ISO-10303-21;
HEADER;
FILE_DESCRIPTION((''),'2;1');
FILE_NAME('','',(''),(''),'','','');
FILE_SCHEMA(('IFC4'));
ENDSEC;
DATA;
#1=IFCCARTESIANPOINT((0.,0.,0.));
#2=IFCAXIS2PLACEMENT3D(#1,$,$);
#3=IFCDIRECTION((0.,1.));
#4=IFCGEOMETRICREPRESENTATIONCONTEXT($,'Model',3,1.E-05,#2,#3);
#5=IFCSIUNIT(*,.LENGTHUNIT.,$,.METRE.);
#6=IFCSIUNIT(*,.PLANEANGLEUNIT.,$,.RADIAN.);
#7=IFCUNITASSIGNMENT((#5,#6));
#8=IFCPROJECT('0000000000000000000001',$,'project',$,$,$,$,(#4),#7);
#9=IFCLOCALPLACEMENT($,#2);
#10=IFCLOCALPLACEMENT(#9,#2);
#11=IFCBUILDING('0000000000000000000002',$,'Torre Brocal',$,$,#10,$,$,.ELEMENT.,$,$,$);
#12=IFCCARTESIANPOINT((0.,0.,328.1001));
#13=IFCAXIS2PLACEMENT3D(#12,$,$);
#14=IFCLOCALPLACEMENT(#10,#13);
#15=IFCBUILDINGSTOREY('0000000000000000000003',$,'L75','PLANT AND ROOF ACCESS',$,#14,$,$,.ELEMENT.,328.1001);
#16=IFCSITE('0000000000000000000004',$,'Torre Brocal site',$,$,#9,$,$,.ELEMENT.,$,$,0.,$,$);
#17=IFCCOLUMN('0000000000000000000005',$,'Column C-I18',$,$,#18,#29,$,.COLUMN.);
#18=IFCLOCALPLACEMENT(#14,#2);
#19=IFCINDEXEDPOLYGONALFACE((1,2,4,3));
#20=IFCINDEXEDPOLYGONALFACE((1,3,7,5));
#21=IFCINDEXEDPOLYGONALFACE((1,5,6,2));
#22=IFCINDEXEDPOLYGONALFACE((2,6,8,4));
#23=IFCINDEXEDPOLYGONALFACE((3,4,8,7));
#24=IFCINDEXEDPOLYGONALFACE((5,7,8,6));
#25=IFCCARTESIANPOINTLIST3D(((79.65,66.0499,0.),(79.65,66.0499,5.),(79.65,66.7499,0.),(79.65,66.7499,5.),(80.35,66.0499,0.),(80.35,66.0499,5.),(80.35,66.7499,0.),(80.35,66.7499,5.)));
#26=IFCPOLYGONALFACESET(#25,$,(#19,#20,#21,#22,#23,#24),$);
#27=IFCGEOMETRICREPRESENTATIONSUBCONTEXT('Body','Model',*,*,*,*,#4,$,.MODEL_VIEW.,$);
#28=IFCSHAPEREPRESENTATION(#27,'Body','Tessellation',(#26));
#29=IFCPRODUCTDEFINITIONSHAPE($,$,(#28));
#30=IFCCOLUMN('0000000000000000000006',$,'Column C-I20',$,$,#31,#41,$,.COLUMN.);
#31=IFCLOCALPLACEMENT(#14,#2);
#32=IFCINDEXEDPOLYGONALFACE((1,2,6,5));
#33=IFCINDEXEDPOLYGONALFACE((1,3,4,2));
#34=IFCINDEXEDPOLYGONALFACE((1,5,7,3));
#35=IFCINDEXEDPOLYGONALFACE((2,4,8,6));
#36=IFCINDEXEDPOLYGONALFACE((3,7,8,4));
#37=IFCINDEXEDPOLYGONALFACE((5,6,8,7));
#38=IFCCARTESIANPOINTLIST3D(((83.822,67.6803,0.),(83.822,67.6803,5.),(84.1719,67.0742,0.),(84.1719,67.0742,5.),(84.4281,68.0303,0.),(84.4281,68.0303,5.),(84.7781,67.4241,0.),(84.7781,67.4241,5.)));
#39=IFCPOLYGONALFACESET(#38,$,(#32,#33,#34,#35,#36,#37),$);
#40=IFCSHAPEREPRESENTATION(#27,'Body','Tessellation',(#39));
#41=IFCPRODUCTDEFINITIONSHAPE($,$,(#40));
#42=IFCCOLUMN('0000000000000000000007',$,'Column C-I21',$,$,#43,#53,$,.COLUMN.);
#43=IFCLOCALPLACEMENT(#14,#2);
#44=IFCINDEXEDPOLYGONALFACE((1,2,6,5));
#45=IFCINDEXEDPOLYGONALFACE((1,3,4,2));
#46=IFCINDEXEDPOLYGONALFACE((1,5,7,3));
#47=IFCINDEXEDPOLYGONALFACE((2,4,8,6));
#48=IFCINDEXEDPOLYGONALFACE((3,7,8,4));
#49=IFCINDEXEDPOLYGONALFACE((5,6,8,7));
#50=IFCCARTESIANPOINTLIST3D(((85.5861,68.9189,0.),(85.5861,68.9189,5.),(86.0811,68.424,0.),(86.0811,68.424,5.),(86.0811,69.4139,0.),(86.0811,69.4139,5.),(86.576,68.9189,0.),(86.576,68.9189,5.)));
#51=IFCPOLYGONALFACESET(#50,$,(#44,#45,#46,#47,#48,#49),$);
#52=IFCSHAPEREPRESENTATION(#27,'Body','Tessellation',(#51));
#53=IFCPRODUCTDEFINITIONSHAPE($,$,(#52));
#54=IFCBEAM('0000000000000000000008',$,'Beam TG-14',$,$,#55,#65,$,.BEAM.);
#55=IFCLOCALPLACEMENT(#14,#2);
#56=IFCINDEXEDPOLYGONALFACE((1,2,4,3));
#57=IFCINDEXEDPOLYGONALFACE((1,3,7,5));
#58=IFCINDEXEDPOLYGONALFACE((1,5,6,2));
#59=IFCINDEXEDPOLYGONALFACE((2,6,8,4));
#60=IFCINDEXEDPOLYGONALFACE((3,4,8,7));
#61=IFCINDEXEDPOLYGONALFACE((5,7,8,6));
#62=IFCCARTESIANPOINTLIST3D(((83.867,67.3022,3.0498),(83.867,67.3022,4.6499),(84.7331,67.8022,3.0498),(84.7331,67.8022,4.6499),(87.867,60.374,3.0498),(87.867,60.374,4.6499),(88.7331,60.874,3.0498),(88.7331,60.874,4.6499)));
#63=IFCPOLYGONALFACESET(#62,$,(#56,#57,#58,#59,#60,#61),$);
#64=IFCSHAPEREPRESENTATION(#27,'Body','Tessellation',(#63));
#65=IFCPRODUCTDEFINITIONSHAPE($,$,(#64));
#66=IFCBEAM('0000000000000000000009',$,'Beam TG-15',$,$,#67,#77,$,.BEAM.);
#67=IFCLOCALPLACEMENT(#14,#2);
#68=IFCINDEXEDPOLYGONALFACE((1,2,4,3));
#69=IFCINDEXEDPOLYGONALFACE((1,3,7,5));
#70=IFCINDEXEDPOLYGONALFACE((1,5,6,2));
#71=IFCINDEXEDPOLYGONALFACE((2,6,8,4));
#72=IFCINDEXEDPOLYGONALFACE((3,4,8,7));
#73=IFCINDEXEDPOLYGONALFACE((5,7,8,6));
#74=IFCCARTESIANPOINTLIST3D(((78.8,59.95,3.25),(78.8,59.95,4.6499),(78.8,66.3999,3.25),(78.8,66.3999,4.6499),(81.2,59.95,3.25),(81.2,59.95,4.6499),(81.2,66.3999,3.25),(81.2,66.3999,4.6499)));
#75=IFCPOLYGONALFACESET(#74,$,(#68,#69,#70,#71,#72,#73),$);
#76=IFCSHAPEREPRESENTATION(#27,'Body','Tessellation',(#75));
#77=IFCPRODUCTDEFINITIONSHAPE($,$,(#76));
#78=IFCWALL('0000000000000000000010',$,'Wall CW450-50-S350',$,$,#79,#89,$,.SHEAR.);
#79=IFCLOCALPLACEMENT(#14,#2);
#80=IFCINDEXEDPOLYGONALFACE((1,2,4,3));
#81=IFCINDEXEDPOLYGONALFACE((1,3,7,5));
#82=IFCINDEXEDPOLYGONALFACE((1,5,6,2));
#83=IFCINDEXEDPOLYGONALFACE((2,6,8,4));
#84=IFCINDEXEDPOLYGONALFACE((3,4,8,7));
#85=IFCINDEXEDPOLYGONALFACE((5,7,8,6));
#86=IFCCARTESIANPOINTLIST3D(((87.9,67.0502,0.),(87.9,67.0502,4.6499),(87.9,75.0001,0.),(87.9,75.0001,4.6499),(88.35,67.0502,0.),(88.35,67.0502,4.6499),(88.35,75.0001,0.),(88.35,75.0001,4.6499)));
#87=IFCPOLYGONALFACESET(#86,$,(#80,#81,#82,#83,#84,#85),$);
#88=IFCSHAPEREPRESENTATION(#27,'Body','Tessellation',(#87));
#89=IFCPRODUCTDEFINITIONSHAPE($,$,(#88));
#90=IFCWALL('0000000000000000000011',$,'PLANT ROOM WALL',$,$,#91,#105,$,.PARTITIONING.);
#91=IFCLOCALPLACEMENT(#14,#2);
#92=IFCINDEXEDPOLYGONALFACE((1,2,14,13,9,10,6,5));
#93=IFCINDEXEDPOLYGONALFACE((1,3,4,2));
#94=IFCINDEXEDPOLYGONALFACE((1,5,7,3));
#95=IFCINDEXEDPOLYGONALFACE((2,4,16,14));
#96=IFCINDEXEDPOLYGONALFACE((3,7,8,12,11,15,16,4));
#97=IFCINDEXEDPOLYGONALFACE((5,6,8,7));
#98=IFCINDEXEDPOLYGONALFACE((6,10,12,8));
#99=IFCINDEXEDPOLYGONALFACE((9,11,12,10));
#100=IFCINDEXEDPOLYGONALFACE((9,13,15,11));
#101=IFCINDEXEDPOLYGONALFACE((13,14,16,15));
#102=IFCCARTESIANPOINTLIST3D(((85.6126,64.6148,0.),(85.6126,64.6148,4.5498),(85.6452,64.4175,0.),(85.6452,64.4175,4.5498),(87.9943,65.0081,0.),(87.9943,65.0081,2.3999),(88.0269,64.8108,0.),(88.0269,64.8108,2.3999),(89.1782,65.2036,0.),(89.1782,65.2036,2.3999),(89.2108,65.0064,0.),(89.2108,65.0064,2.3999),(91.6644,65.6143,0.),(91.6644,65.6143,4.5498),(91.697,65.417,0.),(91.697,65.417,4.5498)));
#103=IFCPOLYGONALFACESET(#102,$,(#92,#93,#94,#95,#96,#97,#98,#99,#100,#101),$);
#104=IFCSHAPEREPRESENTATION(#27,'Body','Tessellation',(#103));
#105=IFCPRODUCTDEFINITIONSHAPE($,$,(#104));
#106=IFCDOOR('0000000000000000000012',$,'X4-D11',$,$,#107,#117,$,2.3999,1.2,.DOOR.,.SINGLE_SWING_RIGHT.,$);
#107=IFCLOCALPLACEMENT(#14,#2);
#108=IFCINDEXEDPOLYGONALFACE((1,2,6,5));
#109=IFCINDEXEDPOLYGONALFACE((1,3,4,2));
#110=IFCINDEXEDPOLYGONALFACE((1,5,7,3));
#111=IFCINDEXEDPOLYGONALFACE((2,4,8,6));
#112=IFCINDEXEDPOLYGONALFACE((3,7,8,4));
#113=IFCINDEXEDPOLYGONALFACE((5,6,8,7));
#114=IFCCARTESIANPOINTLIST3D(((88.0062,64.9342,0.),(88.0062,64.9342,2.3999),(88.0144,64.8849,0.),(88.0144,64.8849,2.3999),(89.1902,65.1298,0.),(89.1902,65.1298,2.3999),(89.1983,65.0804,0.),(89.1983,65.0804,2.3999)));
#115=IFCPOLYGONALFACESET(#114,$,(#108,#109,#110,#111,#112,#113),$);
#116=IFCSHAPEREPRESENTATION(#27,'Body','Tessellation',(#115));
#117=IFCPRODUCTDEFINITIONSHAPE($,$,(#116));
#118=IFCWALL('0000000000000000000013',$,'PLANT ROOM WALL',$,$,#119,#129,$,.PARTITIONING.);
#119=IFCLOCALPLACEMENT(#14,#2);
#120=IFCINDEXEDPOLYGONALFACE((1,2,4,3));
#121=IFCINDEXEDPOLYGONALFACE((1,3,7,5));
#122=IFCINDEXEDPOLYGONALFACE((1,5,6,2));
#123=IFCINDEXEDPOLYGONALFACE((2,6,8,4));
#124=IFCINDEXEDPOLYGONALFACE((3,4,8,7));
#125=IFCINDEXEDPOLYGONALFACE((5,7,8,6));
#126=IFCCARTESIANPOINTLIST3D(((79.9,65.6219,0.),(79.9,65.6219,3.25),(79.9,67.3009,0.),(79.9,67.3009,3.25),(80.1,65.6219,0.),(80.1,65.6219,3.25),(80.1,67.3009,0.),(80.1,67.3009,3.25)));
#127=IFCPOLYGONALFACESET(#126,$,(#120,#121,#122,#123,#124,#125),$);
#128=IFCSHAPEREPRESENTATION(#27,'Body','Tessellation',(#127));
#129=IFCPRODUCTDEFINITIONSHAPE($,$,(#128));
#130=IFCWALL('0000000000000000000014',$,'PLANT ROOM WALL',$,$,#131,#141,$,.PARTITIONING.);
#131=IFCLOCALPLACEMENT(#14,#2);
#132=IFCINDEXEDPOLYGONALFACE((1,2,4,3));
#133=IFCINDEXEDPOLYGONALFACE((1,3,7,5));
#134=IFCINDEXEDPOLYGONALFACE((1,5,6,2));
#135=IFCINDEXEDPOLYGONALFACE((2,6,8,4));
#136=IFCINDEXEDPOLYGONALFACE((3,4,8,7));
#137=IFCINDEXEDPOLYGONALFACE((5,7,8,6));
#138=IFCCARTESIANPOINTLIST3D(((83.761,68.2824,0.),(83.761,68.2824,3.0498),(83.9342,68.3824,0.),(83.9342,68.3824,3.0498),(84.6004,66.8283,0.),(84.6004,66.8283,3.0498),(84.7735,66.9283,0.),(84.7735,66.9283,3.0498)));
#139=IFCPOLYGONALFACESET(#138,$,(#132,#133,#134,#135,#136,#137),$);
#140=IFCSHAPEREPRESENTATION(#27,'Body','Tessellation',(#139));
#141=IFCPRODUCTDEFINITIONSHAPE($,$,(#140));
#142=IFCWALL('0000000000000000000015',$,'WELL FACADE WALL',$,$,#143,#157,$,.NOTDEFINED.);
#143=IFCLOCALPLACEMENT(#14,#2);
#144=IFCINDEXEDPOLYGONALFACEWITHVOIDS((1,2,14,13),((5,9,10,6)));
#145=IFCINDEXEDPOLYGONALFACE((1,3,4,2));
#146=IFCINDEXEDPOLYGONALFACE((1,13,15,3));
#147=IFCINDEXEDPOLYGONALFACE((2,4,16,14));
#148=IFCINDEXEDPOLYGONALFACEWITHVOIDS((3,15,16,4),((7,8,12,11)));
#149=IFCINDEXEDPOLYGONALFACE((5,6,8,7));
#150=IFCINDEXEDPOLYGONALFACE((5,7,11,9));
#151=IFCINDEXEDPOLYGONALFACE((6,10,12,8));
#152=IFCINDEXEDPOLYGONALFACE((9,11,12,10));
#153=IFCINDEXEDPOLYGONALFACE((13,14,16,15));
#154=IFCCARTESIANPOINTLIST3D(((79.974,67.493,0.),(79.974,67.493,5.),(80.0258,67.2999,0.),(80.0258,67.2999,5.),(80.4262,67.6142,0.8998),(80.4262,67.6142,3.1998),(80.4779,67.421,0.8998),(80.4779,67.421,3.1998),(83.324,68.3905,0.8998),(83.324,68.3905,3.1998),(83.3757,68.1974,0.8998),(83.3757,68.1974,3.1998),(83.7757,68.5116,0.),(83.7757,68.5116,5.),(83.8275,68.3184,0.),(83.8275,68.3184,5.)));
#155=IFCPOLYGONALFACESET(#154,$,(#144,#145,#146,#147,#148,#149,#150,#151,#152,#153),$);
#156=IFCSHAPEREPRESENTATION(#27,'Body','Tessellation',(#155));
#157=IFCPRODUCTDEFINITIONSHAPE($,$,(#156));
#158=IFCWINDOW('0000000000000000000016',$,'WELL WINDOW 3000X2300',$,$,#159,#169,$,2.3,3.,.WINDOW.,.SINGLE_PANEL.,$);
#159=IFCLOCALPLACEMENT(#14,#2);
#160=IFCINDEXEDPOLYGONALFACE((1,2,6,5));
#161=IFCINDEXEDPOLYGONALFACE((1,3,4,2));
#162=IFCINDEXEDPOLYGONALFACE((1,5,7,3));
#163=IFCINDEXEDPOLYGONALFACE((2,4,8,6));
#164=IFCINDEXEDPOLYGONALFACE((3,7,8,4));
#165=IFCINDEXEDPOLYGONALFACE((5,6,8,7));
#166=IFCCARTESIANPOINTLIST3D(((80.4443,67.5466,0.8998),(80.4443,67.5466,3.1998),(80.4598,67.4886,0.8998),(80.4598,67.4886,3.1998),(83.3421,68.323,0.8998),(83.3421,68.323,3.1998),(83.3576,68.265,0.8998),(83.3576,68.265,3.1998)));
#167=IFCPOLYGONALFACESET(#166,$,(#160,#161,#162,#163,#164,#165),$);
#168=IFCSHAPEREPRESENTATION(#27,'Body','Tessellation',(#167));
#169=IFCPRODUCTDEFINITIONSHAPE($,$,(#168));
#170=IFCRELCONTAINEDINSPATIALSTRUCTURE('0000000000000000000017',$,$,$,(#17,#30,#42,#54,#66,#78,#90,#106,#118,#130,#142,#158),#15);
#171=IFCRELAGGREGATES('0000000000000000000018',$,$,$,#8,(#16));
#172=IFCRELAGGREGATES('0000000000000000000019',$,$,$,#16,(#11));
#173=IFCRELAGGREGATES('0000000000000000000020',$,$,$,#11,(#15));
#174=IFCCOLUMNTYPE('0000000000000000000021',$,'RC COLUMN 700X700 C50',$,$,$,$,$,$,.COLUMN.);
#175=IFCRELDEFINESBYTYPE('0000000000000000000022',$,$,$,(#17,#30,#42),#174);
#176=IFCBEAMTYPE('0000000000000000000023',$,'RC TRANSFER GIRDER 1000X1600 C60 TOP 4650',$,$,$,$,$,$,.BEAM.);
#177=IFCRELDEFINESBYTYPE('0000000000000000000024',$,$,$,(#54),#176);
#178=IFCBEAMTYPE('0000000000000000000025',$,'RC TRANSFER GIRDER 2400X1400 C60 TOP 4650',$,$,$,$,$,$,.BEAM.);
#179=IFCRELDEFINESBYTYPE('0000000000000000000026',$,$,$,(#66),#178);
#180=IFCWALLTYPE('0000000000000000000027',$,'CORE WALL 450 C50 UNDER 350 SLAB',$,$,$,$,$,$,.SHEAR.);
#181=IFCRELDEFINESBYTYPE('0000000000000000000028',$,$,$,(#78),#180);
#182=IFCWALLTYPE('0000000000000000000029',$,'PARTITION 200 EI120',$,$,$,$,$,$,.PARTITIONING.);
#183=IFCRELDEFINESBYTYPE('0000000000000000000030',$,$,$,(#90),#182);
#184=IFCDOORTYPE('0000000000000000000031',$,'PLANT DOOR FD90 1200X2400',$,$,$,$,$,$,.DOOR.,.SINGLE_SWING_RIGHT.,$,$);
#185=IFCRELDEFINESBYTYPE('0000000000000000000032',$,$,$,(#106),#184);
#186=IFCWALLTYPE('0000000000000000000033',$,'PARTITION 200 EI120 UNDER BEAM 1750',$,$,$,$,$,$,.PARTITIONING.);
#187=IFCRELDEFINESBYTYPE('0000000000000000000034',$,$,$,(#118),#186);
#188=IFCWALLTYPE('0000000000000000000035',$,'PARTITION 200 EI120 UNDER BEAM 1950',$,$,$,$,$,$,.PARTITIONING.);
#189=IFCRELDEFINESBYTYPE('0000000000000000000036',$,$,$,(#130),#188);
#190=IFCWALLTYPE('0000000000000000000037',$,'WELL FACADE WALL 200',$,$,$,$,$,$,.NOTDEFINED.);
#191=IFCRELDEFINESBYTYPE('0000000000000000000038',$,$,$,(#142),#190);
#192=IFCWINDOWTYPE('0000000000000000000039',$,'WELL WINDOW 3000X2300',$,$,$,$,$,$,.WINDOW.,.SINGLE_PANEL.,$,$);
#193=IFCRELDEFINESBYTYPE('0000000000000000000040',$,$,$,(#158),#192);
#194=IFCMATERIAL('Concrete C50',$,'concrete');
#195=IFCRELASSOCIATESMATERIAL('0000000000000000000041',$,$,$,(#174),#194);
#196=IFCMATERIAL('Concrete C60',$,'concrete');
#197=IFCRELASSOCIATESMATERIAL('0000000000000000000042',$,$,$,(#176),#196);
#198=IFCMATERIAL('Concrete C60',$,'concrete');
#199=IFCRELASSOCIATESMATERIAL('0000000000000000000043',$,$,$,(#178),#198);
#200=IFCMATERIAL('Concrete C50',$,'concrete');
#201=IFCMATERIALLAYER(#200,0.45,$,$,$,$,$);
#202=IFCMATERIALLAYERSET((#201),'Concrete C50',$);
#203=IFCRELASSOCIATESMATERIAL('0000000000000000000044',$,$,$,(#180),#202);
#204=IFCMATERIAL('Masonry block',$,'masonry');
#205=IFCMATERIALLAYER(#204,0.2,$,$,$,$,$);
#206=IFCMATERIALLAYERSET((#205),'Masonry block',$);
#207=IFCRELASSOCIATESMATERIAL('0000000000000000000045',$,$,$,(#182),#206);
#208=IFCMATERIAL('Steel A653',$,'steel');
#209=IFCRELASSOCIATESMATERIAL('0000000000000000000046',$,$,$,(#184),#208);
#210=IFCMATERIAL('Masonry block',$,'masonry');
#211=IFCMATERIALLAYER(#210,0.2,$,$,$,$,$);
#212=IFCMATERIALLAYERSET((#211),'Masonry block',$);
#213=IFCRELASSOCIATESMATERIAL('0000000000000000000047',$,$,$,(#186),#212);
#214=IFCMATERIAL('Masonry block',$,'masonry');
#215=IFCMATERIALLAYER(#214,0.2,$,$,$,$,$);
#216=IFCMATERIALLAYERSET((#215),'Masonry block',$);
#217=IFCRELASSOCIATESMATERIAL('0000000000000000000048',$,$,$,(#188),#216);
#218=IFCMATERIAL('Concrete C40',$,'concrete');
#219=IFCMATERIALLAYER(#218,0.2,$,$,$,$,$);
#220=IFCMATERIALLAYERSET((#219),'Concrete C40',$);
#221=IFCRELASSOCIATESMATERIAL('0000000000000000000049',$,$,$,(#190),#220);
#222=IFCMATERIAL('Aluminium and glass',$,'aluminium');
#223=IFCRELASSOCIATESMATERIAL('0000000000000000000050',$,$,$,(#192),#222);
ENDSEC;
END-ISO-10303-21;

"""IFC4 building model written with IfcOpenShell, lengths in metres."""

from ifc_helpers import new_model, si_unit, direction, frame, frame_2d, origin, origin_2d, place, context, subcontext, project, spatial, rectangle, extrude, material, layer, layer_set, material_profile, profile_set, type_object, element, fill, save


model = new_model("IFC4")

# Units and contexts
model_context = context("Model", 3, precision=1e-05, world=origin(), true_north=direction((0.0, 1.0)))
body_context = subcontext(model_context, "Body", "Model", "MODEL_VIEW")
ifc_project = project(units=[si_unit("LENGTHUNIT", "METRE"), si_unit("PLANEANGLEUNIT", "RADIAN")], contexts=[model_context])

# Site, building, storey
site_placement = place(None, origin())
site = spatial("IfcSite", under=ifc_project, at=site_placement, Name="Torre Brocal site", CompositionType="ELEMENT", RefElevation=0.0)
building_placement = place(site_placement, origin())
building = spatial("IfcBuilding", under=site, at=building_placement, Name="Torre Brocal", CompositionType="ELEMENT")
storey_placement = place(building_placement, frame((0.0, 0.0, 328.1001)))
storey = spatial("IfcBuildingStorey", under=building, at=storey_placement, Name="L75", Description="PLANT AND ROOF ACCESS", CompositionType="ELEMENT", Elevation=328.1001)

# Columns
ifc_material_1 = material(Name="Concrete C50", Category="concrete")
ifc_material_profile_1 = material_profile(ifc_material_1, rectangle(XDim=0.7, YDim=0.7, at=origin_2d()), Name="RC 700X700")
ifc_profile_set_1 = profile_set([ifc_material_profile_1], Name="Concrete C50")
column_type = type_object("IfcColumnType", Name="RC COLUMN 700X700 C50", PredefinedType="COLUMN", material=ifc_profile_set_1)
for number, where, z_axis, x_axis, name in (
    (1, (80.0, 66.3999, 0.0), (0.0, 0.0, 1.0), (0.0, -1.0, 0.0), "Column C-I18"),
    (2, (84.3, 67.5522, 0.0), (0.0, 0.0, 1.0), (0.5, -0.866025, 0.0), "Column C-I20"),
    (3, (86.0811, 68.9189, 0.0), (0.0, 0.0, 1.0), (0.707107, -0.707107, 0.0), "Column C-I21"),
):
    element("IfcColumn", number, at=place(storey_placement, frame(where, z_axis=z_axis, x_axis=x_axis)), inside=storey, type_object=column_type, Name=name, PredefinedType="COLUMN", context=body_context, shape_type="SweptSolid", body=[
        extrude(rectangle(XDim=0.7, YDim=0.7, at=origin_2d()), origin(), (0.0, 0.0, 1.0), 5.0),
    ])

# Beams
ifc_material_2 = material(Name="Concrete C60", Category="concrete")
ifc_material_profile_2 = material_profile(ifc_material_2, rectangle(XDim=1.0, YDim=1.6001, at=origin_2d()), Name="RC 1000X1600")
ifc_profile_set_2 = profile_set([ifc_material_profile_2], Name="Concrete C60")
beam_type_1 = type_object("IfcBeamType", Name="RC TRANSFER GIRDER 1000X1600 C60 TOP 4650", PredefinedType="BEAM", material=ifc_profile_set_2)
beam_1_placement = place(storey_placement, frame((84.3, 67.5522, 3.8499), z_axis=(0.499999, -0.866026, 0.0), x_axis=(0.866026, 0.499999, 0.0)))
element("IfcBeam", 4, at=beam_1_placement, inside=storey, type_object=beam_type_1, Name="Beam TG-14", PredefinedType="BEAM", context=body_context, shape_type="SweptSolid", body=[
    extrude(rectangle(XDim=1.0, YDim=1.6001, at=origin_2d()), origin(), (0.0, 0.0, 1.0), 8.0),
])
ifc_material_3 = material(Name="Concrete C60", Category="concrete")
ifc_material_profile_3 = material_profile(ifc_material_3, rectangle(XDim=2.3999, YDim=1.3999, at=origin_2d()), Name="RC 2400X1400")
ifc_profile_set_3 = profile_set([ifc_material_profile_3], Name="Concrete C60")
beam_type_2 = type_object("IfcBeamType", Name="RC TRANSFER GIRDER 2400X1400 C60 TOP 4650", PredefinedType="BEAM", material=ifc_profile_set_3)
beam_2_placement = place(storey_placement, frame((80.0, 66.3999, 3.95), z_axis=(0.0, -1.0, 0.0), x_axis=(1.0, 0.0, 0.0)))
element("IfcBeam", 5, at=beam_2_placement, inside=storey, type_object=beam_type_2, Name="Beam TG-15", PredefinedType="BEAM", context=body_context, shape_type="SweptSolid", body=[
    extrude(rectangle(XDim=2.3999, YDim=1.3999, at=origin_2d()), origin(), (0.0, 0.0, 1.0), 6.45),
])

# Shared definitions
ifc_material_4 = material(Name="Concrete C50", Category="concrete")
ifc_layer_1 = layer(ifc_material_4, 0.45)
ifc_layer_set_1 = layer_set([ifc_layer_1], Name="Concrete C50")
wall_type_1 = type_object("IfcWallType", Name="CORE WALL 450 C50 UNDER 350 SLAB", PredefinedType="SHEAR", material=ifc_layer_set_1)

# Wall
wall_1_placement = place(storey_placement, frame((88.125, 67.05, 0.0), z_axis=(0.0, 0.0, 1.0), x_axis=(0.0, 1.0, 0.0)))
element("IfcWall", 6, at=wall_1_placement, inside=storey, type_object=wall_type_1, Name="Wall CW450-50-S350", PredefinedType="SHEAR", context=body_context, shape_type="SweptSolid", body=[
    extrude(rectangle(XDim=7.95, YDim=0.45, at=frame_2d((3.9751, 0.0))), origin(), (0.0, 0.0, 1.0), 4.6499),
])

# Wall, opening, door
ifc_material_5 = material(Name="Masonry block", Category="masonry")
ifc_layer_2 = layer(ifc_material_5, 0.2)
ifc_layer_set_2 = layer_set([ifc_layer_2], Name="Masonry block")
wall_type_2 = type_object("IfcWallType", Name="PARTITION 200 EI120", PredefinedType="PARTITIONING", material=ifc_layer_set_2)
ifc_material_6 = material(Name="Steel A653", Category="steel")
door_type_1 = type_object("IfcDoorType", Name="PLANT DOOR FD90 1200X2400", OperationType="SINGLE_SWING_RIGHT", PredefinedType="DOOR", material=ifc_material_6)
wall_2_placement = place(storey_placement, frame((85.6289, 64.5161, 0.0), z_axis=(0.0, 0.0, 1.0), x_axis=(0.986634, 0.162953, 0.0)))
wall_2 = element("IfcWall", 7, at=wall_2_placement, inside=storey, type_object=wall_type_2, Name="PLANT ROOM WALL", PredefinedType="PARTITIONING", context=body_context, shape_type="SweptSolid", body=[
    extrude(rectangle(XDim=6.1338, YDim=0.2, at=frame_2d((3.0669, 0.0))), origin(), (0.0, 0.0, 1.0), 4.5498),
])
opening_1_placement = place(wall_2_placement, frame((2.4138, 0.0, 0.0)))
opening_1 = element("IfcOpeningElement", 8, at=opening_1_placement, cuts=wall_2, PredefinedType="OPENING", context=body_context, shape_type="SweptSolid", body=[
    extrude(rectangle(XDim=1.2, YDim=2.3999, at=frame_2d((0.6001, 1.2))), frame((0.0, 0.1099, 0.0), z_axis=(0.0, -1.0, 0.0), x_axis=(1.0, 0.0, 0.0)), (0.0, 0.0, 1.0), 0.22),
])
door_1_placement = place(opening_1_placement, frame((1.2, 0.0, 0.0), z_axis=(0.0, 0.0, 1.0), x_axis=(-1.0, 0.0, 0.0)))
door_1 = element("IfcDoor", 9, at=door_1_placement, inside=storey, type_object=door_type_1, Name="X4-D11", OperationType="SINGLE_SWING_RIGHT", OverallHeight=2.3999, OverallWidth=1.2, PredefinedType="DOOR", context=body_context, shape_type="SweptSolid", body=[
    extrude(rectangle(XDim=1.2, YDim=2.3999, at=frame_2d((0.6001, 1.2))), frame((0.0, 0.0249, 0.0), z_axis=(0.0, -1.0, 0.0), x_axis=(1.0, 0.0, 0.0)), (0.0, 0.0, 1.0), 0.05),
])
fill(opening_1, door_1)

# Walls
ifc_material_7 = material(Name="Masonry block", Category="masonry")
ifc_layer_3 = layer(ifc_material_7, 0.2)
ifc_layer_set_3 = layer_set([ifc_layer_3], Name="Masonry block")
wall_type_3 = type_object("IfcWallType", Name="PARTITION 200 EI120 UNDER BEAM 1750", PredefinedType="PARTITIONING", material=ifc_layer_set_3)
wall_3_placement = place(storey_placement, frame((80.0, 65.6221, 0.0), z_axis=(0.0, 0.0, 1.0), x_axis=(0.0, 1.0, 0.0)))
element("IfcWall", 10, at=wall_3_placement, inside=storey, type_object=wall_type_3, Name="PLANT ROOM WALL", PredefinedType="PARTITIONING", context=body_context, shape_type="SweptSolid", body=[
    extrude(rectangle(XDim=1.679, YDim=0.2, at=frame_2d((0.8394, 0.0))), origin(), (0.0, 0.0, 1.0), 3.25),
])
ifc_material_8 = material(Name="Masonry block", Category="masonry")
ifc_layer_4 = layer(ifc_material_8, 0.2)
ifc_layer_set_4 = layer_set([ifc_layer_4], Name="Masonry block")
wall_type_4 = type_object("IfcWallType", Name="PARTITION 200 EI120 UNDER BEAM 1950", PredefinedType="PARTITIONING", material=ifc_layer_set_4)
wall_4_placement = place(storey_placement, frame((83.8477, 68.3323, 0.0), z_axis=(0.0, 0.0, 1.0), x_axis=(0.499924, -0.866069, 0.0)))
element("IfcWall", 11, at=wall_4_placement, inside=storey, type_object=wall_type_4, Name="PLANT ROOM WALL", PredefinedType="PARTITIONING", context=body_context, shape_type="SweptSolid", body=[
    extrude(rectangle(XDim=1.679, YDim=0.2, at=frame_2d((0.8394, 0.0))), origin(), (0.0, 0.0, 1.0), 3.0498),
])

# Wall, opening, window
ifc_material_9 = material(Name="Concrete C40", Category="concrete")
ifc_layer_5 = layer(ifc_material_9, 0.2)
ifc_layer_set_5 = layer_set([ifc_layer_5], Name="Concrete C40")
wall_type_5 = type_object("IfcWallType", Name="WELL FACADE WALL 200", PredefinedType="NOTDEFINED", material=ifc_layer_set_5)
wall_5_placement = place(storey_placement, frame((80.0, 67.3965, 0.0), z_axis=(0.0, 0.0, 1.0), x_axis=(0.965934, 0.25879, 0.0)))
wall_5 = element("IfcWall", 12, at=wall_5_placement, inside=storey, type_object=wall_type_5, Name="WELL FACADE WALL", PredefinedType="NOTDEFINED", context=body_context, shape_type="SweptSolid", body=[
    extrude(rectangle(XDim=3.9358, YDim=0.2, at=frame_2d((1.9678, 0.0))), origin(), (0.0, 0.0, 1.0), 5.0),
])
opening_2_placement = place(wall_5_placement, frame((0.468, 0.0, 0.8999)))
opening_2 = element("IfcOpeningElement", 13, at=opening_2_placement, cuts=wall_5, PredefinedType="OPENING", context=body_context, shape_type="SweptSolid", body=[
    extrude(rectangle(XDim=3.0, YDim=2.3, at=frame_2d((1.5, 1.1499))), frame((0.0, 0.1099, 0.0), z_axis=(0.0, -1.0, 0.0), x_axis=(1.0, 0.0, 0.0)), (0.0, 0.0, 1.0), 0.22),
])
ifc_material_10 = material(Name="Aluminium and glass", Category="aluminium")
window_type = type_object("IfcWindowType", Name="WELL WINDOW 3000X2300", PartitioningType="SINGLE_PANEL", PredefinedType="WINDOW", material=ifc_material_10)
window_1_placement = place(opening_2_placement, origin())
window_1 = element("IfcWindow", 14, at=window_1_placement, inside=storey, type_object=window_type, Name="WELL WINDOW 3000X2300", OverallHeight=2.3, OverallWidth=3.0, PartitioningType="SINGLE_PANEL", PredefinedType="WINDOW", context=body_context, shape_type="SweptSolid", body=[
    extrude(rectangle(XDim=3.0, YDim=2.3, at=frame_2d((1.5, 1.1499))), frame((0.0, 0.03, 0.0), z_axis=(0.0, -1.0, 0.0), x_axis=(1.0, 0.0, 0.0)), (0.0, 0.0, 1.0), 0.0601),
])
fill(opening_2, window_1)

save(model, "model.ifc")
